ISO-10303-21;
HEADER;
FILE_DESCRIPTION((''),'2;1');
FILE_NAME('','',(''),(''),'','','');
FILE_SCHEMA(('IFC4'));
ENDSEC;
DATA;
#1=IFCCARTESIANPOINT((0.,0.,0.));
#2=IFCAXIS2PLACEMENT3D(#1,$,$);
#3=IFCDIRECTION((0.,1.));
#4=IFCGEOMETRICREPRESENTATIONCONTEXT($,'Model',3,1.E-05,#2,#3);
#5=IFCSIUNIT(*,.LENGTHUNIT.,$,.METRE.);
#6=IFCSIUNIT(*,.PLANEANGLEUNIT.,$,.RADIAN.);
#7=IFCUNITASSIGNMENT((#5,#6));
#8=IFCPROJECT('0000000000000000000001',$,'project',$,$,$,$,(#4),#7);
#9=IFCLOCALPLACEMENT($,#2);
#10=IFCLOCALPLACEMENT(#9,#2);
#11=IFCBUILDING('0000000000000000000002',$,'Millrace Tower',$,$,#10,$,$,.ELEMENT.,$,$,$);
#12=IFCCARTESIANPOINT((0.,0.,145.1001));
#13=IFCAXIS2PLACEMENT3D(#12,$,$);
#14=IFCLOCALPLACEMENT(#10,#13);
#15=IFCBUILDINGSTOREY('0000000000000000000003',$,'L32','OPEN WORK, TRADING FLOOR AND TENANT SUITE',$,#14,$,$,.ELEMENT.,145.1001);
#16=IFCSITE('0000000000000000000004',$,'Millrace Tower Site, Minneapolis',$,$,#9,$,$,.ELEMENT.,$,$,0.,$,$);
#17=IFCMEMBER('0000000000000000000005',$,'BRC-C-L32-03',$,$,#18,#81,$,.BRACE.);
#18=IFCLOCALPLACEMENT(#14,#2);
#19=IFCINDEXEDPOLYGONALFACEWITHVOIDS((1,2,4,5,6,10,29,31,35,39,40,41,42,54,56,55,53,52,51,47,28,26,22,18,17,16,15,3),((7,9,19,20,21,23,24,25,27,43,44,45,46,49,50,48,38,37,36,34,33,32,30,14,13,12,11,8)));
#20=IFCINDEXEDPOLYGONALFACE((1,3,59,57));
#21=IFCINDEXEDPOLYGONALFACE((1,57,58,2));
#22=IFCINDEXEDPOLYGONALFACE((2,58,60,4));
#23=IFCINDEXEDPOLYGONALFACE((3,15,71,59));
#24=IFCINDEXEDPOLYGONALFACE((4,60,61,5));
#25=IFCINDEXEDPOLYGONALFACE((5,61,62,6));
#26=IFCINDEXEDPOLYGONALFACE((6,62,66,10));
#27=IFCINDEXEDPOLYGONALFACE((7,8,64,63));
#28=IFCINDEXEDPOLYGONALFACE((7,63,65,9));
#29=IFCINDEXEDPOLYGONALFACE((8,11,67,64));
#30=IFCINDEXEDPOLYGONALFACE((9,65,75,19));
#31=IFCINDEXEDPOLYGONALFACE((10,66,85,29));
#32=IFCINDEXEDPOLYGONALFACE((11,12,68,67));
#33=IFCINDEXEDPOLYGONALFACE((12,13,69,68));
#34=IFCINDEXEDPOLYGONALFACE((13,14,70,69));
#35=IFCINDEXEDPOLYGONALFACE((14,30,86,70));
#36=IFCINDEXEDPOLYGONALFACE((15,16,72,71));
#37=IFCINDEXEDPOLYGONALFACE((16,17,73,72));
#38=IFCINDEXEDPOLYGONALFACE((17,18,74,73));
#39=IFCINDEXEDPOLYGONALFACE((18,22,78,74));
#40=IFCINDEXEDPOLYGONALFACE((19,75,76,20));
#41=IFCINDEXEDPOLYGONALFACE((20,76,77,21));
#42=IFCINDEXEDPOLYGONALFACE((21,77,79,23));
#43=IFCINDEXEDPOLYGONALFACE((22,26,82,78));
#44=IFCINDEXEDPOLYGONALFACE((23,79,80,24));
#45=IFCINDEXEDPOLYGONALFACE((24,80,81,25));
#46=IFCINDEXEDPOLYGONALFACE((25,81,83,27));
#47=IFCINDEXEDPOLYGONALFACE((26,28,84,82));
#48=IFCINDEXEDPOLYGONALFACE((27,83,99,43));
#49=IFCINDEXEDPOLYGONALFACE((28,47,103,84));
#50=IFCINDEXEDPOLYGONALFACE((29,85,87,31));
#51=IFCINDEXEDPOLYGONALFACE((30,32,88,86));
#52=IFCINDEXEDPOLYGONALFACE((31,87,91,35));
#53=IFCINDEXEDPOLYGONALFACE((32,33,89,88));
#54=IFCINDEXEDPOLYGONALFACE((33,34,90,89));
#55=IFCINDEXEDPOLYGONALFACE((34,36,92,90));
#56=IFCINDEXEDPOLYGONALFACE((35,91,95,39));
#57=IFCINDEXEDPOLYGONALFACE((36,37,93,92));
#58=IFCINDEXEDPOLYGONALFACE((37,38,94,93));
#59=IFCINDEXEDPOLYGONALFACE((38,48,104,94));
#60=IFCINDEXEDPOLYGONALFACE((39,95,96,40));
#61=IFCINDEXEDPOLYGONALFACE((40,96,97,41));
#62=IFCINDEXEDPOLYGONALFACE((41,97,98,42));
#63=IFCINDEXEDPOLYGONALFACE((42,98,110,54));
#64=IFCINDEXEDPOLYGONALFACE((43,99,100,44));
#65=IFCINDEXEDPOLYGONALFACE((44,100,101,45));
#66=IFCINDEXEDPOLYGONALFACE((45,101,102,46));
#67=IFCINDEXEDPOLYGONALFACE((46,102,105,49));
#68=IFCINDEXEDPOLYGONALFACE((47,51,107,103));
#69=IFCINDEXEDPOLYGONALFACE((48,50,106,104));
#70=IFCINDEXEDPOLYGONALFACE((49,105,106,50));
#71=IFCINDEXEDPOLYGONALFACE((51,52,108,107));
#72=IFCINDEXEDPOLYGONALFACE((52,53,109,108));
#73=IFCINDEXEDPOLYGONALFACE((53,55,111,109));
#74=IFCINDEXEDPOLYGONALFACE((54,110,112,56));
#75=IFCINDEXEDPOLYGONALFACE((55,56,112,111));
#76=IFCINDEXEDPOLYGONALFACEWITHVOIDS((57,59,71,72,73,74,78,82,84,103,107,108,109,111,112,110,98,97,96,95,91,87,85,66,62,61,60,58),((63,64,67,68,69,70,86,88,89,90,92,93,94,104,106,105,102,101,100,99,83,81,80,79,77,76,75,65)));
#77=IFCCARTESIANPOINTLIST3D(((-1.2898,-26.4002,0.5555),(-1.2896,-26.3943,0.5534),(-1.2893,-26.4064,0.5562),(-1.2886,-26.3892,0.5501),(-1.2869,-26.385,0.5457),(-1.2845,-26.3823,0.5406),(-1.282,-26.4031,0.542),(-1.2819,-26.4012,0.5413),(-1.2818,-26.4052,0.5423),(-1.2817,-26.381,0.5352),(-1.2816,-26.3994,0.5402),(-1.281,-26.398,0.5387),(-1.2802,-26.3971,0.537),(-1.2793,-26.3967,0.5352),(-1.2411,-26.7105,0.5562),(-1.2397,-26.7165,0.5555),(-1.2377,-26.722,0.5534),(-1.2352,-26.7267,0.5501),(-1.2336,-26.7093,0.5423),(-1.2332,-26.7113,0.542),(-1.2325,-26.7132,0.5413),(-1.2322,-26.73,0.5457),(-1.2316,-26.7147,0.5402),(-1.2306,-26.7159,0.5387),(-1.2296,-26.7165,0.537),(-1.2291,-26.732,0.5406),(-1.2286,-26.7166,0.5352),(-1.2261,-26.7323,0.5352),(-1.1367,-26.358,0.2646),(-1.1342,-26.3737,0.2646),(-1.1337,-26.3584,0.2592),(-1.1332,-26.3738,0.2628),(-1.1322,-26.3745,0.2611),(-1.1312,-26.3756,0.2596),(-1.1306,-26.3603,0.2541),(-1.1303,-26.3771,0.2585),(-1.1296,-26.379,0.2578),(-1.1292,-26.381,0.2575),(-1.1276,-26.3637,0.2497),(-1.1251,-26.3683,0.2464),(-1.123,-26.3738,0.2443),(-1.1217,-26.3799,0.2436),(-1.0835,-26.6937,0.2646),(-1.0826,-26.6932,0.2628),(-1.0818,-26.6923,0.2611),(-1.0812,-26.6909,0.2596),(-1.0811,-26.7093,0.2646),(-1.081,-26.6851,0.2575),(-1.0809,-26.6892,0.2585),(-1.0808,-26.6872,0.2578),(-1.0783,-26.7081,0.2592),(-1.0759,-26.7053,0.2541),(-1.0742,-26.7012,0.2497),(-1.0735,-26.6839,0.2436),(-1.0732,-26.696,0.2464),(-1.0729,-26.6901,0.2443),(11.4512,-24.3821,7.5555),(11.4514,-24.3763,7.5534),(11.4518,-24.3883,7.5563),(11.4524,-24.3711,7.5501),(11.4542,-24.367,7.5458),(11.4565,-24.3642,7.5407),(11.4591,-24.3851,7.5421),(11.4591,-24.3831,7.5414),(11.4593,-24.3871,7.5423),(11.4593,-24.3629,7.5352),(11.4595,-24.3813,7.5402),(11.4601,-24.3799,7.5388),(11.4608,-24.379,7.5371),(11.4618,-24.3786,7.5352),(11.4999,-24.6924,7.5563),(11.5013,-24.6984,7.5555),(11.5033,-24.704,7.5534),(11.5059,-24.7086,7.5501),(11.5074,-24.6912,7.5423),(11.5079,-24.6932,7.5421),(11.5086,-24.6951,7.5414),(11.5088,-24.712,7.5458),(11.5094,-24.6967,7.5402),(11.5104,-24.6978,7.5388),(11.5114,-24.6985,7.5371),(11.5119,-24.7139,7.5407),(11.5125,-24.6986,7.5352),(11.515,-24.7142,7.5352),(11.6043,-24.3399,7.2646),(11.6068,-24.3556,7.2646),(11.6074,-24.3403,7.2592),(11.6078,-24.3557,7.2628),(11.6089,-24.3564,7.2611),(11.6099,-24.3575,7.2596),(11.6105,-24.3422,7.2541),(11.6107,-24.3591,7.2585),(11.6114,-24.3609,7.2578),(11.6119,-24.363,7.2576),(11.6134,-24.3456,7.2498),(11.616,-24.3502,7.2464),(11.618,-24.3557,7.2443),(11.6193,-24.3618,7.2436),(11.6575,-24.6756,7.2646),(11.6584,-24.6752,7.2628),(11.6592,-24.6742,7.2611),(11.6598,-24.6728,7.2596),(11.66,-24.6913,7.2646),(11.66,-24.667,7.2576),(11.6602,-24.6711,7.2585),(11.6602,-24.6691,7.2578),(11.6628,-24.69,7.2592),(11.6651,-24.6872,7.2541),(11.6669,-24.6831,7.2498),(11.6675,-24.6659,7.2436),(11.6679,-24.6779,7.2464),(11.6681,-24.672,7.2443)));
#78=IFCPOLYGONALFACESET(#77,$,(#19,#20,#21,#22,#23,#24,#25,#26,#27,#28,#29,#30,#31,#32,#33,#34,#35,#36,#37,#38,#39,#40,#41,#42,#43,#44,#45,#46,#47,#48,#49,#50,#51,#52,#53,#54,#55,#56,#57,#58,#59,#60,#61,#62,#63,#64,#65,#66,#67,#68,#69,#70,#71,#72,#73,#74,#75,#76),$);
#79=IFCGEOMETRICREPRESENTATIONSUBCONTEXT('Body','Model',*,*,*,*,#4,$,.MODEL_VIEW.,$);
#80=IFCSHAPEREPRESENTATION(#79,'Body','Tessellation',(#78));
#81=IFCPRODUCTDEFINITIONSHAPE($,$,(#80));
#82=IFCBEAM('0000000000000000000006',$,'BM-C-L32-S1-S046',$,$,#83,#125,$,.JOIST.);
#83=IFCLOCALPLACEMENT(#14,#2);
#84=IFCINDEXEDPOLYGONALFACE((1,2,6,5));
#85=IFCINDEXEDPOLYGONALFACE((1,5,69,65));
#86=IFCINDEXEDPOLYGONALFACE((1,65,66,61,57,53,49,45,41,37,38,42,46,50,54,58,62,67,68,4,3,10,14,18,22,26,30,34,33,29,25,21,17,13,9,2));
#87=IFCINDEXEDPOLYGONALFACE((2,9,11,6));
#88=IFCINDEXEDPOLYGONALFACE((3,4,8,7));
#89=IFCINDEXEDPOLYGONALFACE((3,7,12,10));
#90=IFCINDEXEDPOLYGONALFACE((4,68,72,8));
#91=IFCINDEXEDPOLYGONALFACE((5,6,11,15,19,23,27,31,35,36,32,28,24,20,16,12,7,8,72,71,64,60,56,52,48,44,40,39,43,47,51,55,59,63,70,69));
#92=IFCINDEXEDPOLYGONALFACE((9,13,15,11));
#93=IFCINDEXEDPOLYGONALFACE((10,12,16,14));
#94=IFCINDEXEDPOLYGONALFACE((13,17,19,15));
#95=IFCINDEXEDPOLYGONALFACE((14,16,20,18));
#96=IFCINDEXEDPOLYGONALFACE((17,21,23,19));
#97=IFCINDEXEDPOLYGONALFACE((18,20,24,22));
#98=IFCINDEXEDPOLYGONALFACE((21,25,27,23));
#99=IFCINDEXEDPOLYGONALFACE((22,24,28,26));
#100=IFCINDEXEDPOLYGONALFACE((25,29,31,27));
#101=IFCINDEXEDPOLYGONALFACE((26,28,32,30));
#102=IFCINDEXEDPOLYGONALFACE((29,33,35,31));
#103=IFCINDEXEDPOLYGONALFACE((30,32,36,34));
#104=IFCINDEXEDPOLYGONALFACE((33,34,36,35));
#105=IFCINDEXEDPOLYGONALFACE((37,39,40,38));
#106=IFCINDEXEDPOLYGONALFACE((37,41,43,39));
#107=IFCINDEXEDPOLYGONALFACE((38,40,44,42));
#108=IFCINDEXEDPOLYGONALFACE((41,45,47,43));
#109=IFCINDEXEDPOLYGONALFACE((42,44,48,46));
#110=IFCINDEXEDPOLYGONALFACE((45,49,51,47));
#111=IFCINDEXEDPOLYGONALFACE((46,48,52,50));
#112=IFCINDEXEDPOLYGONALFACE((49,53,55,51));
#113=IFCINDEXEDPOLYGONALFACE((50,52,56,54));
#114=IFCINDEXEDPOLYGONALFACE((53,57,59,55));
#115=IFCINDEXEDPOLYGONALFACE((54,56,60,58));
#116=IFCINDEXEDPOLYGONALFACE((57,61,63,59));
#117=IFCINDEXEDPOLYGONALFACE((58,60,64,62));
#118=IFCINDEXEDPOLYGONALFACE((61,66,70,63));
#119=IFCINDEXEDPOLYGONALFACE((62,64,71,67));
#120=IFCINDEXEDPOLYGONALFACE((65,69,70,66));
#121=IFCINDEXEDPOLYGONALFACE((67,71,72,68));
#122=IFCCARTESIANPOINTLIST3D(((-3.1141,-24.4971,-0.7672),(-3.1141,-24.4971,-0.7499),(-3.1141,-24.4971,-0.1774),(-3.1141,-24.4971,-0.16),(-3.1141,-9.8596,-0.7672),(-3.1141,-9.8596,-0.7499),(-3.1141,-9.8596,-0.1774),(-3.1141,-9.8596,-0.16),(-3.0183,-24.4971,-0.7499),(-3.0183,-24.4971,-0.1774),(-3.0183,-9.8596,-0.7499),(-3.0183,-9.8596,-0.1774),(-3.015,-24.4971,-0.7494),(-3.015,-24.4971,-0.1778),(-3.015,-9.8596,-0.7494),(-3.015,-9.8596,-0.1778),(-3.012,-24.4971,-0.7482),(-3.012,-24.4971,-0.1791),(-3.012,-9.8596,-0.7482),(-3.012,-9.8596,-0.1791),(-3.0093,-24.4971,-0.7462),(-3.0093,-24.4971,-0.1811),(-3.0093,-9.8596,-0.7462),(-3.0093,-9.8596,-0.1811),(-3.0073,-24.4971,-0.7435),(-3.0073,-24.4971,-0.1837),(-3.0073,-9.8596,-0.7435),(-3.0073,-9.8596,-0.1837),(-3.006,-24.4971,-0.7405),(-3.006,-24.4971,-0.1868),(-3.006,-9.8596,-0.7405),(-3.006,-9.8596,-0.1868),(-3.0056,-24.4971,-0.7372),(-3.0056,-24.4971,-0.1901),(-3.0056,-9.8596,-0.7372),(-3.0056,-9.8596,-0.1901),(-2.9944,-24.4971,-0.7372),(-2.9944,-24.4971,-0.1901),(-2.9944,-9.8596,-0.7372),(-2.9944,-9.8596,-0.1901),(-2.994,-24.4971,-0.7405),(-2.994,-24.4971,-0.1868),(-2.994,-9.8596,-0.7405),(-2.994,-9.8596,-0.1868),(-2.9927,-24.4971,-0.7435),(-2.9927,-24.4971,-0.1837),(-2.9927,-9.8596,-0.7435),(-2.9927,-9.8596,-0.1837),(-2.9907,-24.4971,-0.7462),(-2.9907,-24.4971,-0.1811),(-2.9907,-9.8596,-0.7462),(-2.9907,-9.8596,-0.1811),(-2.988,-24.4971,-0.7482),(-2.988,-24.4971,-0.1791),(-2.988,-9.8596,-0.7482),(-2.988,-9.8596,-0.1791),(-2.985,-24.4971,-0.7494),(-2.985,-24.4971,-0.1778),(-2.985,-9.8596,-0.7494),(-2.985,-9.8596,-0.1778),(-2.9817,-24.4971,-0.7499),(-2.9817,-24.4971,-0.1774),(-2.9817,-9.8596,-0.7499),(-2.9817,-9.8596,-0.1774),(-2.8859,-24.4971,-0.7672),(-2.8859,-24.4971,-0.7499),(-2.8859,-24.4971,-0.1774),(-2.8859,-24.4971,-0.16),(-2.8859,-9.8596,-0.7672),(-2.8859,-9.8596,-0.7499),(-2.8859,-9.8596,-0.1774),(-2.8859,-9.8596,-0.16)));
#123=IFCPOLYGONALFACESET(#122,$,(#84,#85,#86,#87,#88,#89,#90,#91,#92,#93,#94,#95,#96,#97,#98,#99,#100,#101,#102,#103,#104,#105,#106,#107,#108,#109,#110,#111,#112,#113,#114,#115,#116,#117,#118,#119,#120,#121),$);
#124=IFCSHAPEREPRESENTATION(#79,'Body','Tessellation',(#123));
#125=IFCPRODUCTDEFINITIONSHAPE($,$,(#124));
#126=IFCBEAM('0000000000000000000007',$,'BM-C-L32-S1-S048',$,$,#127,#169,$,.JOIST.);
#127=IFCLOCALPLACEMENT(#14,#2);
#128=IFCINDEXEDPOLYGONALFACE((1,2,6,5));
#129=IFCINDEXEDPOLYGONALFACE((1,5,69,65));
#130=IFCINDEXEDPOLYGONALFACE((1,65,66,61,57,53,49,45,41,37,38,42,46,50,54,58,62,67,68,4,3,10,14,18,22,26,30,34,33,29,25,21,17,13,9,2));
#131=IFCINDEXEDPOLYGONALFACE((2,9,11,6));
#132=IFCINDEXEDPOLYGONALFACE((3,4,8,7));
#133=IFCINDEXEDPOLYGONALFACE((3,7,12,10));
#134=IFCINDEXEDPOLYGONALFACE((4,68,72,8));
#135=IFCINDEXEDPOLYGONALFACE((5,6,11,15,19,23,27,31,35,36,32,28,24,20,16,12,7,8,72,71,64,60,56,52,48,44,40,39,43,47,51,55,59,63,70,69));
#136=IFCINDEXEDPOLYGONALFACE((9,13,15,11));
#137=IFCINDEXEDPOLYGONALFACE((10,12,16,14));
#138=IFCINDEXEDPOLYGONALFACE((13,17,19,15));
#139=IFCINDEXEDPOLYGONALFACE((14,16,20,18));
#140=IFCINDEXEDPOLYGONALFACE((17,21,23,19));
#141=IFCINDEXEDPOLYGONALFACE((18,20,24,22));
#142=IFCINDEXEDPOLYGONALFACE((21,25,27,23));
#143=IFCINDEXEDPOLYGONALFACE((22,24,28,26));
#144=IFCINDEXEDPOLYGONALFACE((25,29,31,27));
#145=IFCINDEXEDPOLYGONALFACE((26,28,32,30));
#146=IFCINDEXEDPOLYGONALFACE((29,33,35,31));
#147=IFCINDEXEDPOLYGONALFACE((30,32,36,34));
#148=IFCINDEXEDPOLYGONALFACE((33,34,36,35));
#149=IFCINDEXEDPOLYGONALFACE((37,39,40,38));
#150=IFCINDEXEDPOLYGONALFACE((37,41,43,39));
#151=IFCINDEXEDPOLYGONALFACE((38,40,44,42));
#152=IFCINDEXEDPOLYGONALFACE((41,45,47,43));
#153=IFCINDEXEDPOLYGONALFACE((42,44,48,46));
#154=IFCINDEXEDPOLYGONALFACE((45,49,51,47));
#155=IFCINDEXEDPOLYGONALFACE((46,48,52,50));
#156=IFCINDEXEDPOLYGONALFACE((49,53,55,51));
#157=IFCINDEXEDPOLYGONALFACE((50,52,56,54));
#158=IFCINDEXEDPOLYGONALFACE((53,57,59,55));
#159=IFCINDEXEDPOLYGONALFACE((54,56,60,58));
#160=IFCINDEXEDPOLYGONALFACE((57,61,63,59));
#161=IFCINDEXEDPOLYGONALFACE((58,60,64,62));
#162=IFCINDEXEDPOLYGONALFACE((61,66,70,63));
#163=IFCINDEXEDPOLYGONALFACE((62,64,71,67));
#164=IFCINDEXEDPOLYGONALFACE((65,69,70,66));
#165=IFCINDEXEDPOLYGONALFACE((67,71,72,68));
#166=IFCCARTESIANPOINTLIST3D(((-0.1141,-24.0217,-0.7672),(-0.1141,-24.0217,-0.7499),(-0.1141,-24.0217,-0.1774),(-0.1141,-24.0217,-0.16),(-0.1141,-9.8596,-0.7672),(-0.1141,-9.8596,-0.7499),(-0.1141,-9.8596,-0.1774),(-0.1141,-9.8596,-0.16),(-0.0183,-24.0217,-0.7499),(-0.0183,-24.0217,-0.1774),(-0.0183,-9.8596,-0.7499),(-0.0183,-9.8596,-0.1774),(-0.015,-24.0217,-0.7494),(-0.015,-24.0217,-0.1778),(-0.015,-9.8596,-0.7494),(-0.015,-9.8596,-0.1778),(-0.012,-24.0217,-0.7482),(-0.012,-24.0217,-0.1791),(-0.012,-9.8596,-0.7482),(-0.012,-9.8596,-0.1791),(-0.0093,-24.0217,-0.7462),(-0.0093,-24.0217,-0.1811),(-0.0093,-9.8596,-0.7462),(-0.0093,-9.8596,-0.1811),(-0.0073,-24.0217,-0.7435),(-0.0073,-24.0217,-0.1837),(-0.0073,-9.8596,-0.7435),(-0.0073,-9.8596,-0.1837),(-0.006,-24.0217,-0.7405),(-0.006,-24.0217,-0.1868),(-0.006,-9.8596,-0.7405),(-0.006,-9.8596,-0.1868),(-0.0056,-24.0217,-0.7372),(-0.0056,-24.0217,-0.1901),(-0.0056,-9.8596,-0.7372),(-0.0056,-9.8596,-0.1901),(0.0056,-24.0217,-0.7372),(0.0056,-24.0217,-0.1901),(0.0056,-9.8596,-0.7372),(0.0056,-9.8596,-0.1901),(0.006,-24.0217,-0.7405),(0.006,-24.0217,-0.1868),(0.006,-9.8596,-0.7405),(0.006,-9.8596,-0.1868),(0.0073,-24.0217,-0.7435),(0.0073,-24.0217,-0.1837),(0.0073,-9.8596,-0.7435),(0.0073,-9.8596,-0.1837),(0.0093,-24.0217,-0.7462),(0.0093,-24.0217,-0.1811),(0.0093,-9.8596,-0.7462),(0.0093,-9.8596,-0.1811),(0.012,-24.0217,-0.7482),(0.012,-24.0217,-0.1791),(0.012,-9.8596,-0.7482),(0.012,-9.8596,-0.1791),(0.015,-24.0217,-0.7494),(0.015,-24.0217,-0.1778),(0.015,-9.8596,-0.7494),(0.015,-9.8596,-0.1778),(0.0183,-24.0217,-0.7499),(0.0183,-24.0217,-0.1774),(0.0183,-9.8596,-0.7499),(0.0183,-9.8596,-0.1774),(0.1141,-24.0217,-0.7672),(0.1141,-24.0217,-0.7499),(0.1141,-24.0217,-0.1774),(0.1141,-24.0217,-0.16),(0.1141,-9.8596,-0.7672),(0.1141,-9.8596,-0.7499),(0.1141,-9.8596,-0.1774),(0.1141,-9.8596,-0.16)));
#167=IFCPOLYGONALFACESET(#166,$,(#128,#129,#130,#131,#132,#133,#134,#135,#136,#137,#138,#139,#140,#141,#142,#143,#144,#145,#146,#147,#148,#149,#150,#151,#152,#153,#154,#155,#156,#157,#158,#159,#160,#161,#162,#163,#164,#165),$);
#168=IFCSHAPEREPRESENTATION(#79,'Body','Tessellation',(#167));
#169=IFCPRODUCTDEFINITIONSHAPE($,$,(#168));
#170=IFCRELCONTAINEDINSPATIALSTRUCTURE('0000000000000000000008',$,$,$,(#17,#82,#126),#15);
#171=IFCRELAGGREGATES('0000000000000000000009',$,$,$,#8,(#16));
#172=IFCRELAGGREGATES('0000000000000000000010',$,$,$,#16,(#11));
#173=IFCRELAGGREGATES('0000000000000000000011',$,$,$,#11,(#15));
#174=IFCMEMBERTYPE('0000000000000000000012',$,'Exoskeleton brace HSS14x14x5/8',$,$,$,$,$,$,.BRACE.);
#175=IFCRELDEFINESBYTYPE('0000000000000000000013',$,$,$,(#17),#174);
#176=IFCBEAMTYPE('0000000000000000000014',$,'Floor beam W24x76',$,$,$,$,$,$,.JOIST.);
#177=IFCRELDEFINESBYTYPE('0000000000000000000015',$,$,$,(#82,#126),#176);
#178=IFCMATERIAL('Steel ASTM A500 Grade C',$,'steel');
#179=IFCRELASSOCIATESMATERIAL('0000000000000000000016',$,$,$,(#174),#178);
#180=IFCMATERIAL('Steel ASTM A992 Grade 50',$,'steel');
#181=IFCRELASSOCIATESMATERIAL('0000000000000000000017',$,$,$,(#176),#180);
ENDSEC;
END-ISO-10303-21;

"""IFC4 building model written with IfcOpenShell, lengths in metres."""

from ifc_helpers import new_model, si_unit, direction, frame, origin, origin_2d, place, context, subcontext, project, spatial, hollow_rectangle, i_section, extrude, material, material_profile, profile_set, type_object, element, save


model = new_model("IFC4")

# Units and contexts
model_context = context("Model", 3, precision=1e-05, world=origin(), true_north=direction((0.0, 1.0)))
body_context = subcontext(model_context, "Body", "Model", "MODEL_VIEW")
ifc_project = project(units=[si_unit("LENGTHUNIT", "METRE"), si_unit("PLANEANGLEUNIT", "RADIAN")], contexts=[model_context])

# Site, building, storey
site_placement = place(None, origin())
site = spatial("IfcSite", under=ifc_project, at=site_placement, Name="Millrace Tower Site, Minneapolis", CompositionType="ELEMENT", RefElevation=0.0)
building_placement = place(site_placement, origin())
building = spatial("IfcBuilding", under=site, at=building_placement, Name="Millrace Tower", CompositionType="ELEMENT")
storey_placement = place(building_placement, frame((0.0, 0.0, 145.1001)))
storey = spatial("IfcBuildingStorey", under=building, at=storey_placement, Name="L32", Description="OPEN WORK, TRADING FLOOR AND TENANT SUITE", CompositionType="ELEMENT", Elevation=145.1001)

# Member
ifc_material_1 = material(Name="Steel ASTM A500 Grade C", Category="steel")
ifc_material_profile_1 = material_profile(ifc_material_1, hollow_rectangle(XDim=0.3557, YDim=0.3557, WallThickness=0.0159, InnerFilletRadius=0.0081, OuterFilletRadius=0.0239, at=origin_2d()))
ifc_profile_set_1 = profile_set([ifc_material_profile_1], Name="Steel ASTM A500 Grade C")
member_type_1 = type_object("IfcMemberType", Name="Exoskeleton brace HSS14x14x5/8", PredefinedType="BRACE", material=ifc_profile_set_1)
member_1_placement = place(storey_placement, frame((-1.1814, -26.5452, 0.3999), z_axis=(0.86811, 0.137502, 0.476947), x_axis=(-0.156442, 0.987687, 0.0)))
element("IfcMember", 1, at=member_1_placement, inside=storey, type_object=member_type_1, Name="BRC-C-L32-03", PredefinedType="BRACE", context=body_context, shape_type="SweptSolid", body=[
    extrude(hollow_rectangle(XDim=0.3557, YDim=0.3557, WallThickness=0.0159, InnerFilletRadius=0.0081, OuterFilletRadius=0.0239, at=origin_2d()), origin(), (0.0, 0.0, 1.0), 14.6768),
])

# Beams
ifc_material_2 = material(Name="Steel ASTM A992 Grade 50", Category="steel")
ifc_material_profile_2 = material_profile(ifc_material_2, i_section(OverallWidth=0.2283, OverallDepth=0.6072, WebThickness=0.0112, FlangeThickness=0.0173, FilletRadius=0.0127, at=origin_2d()))
ifc_profile_set_2 = profile_set([ifc_material_profile_2], Name="Steel ASTM A992 Grade 50")
beam_type_1 = type_object("IfcBeamType", Name="Floor beam W24x76", PredefinedType="JOIST", material=ifc_profile_set_2)
beam_1_placement = place(storey_placement, frame((-3.0, -24.4971, -0.4636), z_axis=(0.0, 1.0, 0.0), x_axis=(-1.0, 0.0, 0.0)))
element("IfcBeam", 2, at=beam_1_placement, inside=storey, type_object=beam_type_1, Name="BM-C-L32-S1-S046", PredefinedType="JOIST", context=body_context, shape_type="SweptSolid", body=[
    extrude(i_section(OverallWidth=0.2283, OverallDepth=0.6072, WebThickness=0.0112, FlangeThickness=0.0173, FilletRadius=0.0127, at=origin_2d()), origin(), (0.0, 0.0, 1.0), 14.6375),
])
beam_2_placement = place(storey_placement, frame((0.0, -24.0217, -0.4636), z_axis=(0.0, 1.0, 0.0), x_axis=(-1.0, 0.0, 0.0)))
element("IfcBeam", 3, at=beam_2_placement, inside=storey, type_object=beam_type_1, Name="BM-C-L32-S1-S048", PredefinedType="JOIST", context=body_context, shape_type="SweptSolid", body=[
    extrude(i_section(OverallWidth=0.2283, OverallDepth=0.6072, WebThickness=0.0112, FlangeThickness=0.0173, FilletRadius=0.0127, at=origin_2d()), origin(), (0.0, 0.0, 1.0), 14.1621),
])

save(model, "model.ifc")
